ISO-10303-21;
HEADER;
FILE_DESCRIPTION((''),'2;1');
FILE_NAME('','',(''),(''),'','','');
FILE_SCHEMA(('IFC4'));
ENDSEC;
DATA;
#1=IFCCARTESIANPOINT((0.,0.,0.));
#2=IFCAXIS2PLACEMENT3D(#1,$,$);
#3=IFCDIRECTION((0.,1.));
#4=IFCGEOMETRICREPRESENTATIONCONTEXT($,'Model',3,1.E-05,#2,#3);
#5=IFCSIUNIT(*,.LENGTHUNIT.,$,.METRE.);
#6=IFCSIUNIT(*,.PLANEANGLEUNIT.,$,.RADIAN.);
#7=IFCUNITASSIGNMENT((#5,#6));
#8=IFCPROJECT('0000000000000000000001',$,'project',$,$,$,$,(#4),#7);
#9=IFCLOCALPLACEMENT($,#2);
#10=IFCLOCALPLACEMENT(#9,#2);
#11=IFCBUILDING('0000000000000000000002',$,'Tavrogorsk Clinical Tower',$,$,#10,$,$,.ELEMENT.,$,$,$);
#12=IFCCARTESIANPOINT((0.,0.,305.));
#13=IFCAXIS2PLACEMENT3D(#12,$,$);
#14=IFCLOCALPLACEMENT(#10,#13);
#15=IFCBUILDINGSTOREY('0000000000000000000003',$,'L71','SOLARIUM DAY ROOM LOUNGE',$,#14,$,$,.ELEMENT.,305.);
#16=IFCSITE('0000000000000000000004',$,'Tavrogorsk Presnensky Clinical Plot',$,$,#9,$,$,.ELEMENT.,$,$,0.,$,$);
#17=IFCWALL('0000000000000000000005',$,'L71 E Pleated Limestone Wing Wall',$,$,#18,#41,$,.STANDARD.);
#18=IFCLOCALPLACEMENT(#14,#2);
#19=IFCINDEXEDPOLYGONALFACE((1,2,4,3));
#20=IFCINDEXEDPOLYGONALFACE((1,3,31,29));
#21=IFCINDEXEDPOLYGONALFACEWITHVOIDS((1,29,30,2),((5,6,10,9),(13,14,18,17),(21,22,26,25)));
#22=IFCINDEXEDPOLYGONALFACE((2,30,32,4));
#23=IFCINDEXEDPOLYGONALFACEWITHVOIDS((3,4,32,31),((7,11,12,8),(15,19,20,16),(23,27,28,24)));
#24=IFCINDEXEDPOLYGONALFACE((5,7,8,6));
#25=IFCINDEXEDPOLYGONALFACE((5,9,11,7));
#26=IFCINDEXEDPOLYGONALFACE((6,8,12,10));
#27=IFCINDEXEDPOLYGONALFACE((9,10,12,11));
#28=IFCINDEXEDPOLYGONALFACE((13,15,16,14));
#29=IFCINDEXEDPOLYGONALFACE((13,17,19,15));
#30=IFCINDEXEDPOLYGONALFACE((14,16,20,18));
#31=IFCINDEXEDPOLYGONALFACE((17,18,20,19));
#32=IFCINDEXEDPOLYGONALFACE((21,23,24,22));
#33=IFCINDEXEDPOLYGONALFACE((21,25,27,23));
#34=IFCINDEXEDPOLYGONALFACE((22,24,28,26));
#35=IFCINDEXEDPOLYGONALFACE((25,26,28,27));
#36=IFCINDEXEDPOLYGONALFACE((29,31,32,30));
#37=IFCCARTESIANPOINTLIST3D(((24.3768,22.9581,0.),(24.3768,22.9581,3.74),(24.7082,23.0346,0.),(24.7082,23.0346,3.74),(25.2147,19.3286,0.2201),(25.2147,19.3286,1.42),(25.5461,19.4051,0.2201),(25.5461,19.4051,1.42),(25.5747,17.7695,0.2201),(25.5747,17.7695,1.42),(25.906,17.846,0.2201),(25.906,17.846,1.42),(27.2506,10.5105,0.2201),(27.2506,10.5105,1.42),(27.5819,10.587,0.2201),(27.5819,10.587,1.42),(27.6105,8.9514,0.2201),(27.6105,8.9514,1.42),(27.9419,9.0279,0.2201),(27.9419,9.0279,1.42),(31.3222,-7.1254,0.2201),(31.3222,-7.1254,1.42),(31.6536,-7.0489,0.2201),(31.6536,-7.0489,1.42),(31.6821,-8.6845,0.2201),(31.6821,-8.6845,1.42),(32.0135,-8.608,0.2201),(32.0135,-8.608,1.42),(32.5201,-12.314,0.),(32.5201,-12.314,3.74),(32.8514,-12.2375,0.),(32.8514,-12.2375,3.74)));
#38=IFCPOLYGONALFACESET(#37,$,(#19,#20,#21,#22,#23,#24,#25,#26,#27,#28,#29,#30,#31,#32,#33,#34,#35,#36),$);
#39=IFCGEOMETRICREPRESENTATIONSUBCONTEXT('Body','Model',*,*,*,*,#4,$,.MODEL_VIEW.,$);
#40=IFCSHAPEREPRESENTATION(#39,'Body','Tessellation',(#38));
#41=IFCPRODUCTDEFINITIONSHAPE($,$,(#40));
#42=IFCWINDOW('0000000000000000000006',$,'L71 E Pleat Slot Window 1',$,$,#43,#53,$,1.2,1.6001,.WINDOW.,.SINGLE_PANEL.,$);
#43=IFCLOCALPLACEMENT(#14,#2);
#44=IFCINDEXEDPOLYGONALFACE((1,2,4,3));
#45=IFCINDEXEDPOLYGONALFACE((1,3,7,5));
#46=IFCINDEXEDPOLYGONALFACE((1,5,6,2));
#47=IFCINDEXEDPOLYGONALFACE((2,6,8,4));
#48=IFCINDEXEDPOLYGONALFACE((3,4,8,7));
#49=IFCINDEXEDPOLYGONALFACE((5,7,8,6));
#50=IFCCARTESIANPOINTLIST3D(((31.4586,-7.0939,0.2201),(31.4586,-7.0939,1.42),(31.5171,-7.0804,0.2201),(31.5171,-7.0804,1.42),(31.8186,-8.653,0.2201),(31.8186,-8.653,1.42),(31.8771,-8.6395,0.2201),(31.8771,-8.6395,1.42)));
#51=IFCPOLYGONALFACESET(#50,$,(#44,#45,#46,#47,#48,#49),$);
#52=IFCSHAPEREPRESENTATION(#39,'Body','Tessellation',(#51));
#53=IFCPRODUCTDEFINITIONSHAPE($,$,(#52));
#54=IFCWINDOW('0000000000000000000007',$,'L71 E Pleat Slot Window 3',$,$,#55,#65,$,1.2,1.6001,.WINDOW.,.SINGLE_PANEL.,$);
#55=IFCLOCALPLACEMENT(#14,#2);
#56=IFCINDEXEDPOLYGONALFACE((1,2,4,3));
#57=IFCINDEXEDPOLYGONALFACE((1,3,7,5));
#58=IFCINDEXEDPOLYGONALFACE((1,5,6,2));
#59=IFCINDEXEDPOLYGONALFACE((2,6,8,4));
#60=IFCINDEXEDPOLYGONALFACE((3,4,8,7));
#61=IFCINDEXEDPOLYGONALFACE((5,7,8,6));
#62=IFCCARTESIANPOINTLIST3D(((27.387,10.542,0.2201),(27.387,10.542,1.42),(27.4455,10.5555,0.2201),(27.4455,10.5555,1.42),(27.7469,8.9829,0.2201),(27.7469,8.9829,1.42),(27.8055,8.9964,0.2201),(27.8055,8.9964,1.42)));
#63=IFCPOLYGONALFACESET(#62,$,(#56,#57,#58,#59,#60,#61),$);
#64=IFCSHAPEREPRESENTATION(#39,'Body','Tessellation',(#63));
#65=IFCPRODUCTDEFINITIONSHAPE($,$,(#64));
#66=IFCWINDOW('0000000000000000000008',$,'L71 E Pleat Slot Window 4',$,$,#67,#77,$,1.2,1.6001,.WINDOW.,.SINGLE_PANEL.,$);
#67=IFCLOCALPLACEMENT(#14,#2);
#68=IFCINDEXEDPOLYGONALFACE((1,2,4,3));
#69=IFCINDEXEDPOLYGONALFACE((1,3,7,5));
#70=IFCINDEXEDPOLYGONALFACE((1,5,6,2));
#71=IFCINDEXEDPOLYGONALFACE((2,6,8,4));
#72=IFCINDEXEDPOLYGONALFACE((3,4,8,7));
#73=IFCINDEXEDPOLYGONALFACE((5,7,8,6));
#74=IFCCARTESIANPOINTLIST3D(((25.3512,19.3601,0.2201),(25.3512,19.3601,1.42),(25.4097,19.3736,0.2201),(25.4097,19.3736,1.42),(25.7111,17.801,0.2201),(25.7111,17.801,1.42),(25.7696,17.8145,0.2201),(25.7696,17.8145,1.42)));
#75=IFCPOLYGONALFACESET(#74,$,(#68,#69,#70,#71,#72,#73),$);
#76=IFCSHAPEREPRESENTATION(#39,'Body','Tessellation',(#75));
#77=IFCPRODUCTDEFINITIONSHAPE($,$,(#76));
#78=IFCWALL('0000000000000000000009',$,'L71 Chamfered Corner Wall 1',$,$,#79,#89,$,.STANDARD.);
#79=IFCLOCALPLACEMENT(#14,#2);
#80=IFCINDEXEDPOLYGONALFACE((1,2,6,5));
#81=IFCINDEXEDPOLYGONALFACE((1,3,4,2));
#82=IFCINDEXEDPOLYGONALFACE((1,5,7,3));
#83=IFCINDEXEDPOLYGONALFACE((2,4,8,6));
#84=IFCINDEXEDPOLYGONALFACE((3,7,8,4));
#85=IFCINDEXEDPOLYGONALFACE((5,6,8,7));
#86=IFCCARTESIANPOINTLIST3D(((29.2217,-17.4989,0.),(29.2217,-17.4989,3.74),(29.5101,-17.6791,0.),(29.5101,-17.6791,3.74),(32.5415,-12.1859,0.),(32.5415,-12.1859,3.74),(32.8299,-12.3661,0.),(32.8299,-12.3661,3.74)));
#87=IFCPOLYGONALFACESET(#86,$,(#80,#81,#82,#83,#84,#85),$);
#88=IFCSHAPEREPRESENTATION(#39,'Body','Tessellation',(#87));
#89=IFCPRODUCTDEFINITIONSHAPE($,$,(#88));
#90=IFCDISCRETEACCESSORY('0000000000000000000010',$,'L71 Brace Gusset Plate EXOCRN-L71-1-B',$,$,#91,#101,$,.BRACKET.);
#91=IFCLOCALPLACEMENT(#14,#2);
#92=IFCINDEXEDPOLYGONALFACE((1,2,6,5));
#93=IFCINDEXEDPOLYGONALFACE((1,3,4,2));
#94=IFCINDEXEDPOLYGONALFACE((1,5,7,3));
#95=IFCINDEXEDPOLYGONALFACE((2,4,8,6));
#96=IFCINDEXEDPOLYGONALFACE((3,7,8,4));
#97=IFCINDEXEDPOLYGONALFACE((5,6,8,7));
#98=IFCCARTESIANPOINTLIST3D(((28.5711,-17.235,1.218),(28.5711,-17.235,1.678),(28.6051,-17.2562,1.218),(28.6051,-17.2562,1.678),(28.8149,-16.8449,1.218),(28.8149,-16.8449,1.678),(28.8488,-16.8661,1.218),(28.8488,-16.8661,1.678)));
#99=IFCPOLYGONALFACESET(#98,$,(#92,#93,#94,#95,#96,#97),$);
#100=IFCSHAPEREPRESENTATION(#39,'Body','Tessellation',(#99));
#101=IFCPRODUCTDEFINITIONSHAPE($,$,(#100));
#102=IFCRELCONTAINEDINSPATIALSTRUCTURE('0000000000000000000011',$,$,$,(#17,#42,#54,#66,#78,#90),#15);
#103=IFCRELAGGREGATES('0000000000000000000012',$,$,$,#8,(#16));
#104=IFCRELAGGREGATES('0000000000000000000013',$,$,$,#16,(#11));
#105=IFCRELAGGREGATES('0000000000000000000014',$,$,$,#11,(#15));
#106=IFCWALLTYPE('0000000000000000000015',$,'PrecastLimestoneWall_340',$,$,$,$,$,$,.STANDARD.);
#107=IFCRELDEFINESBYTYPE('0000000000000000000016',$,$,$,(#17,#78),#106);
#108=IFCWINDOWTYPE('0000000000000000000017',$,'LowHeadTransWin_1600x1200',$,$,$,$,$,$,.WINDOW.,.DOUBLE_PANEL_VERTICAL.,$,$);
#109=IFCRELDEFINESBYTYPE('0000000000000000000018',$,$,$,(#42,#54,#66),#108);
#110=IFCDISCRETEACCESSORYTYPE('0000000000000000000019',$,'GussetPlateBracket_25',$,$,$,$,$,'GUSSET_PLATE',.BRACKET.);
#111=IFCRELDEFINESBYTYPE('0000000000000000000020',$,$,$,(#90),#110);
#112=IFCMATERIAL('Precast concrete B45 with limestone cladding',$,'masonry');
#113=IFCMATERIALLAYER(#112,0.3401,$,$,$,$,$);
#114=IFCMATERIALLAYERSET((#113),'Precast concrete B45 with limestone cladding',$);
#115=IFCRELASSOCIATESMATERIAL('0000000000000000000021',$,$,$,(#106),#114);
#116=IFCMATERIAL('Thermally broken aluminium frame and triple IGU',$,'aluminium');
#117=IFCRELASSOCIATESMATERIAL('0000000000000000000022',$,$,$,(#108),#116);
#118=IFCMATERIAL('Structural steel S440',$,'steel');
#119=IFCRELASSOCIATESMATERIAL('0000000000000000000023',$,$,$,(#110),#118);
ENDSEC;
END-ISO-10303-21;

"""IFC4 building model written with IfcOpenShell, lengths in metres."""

from ifc_helpers import new_model, si_unit, direction, frame, frame_2d, origin, origin_2d, place, context, subcontext, project, spatial, rectangle, extrude, material, layer, layer_set, type_object, element, fill, save


model = new_model("IFC4")

# Units and contexts
model_context = context("Model", 3, precision=1e-05, world=origin(), true_north=direction((0.0, 1.0)))
body_context = subcontext(model_context, "Body", "Model", "MODEL_VIEW")
ifc_project = project(units=[si_unit("LENGTHUNIT", "METRE"), si_unit("PLANEANGLEUNIT", "RADIAN")], contexts=[model_context])

# Site, building, storey
site_placement = place(None, origin())
site = spatial("IfcSite", under=ifc_project, at=site_placement, Name="Tavrogorsk Presnensky Clinical Plot", CompositionType="ELEMENT", RefElevation=0.0)
building_placement = place(site_placement, origin())
building = spatial("IfcBuilding", under=site, at=building_placement, Name="Tavrogorsk Clinical Tower", CompositionType="ELEMENT")
storey_placement = place(building_placement, frame((0.0, 0.0, 305.0)))
storey = spatial("IfcBuildingStorey", under=building, at=storey_placement, Name="L71", Description="SOLARIUM DAY ROOM LOUNGE", CompositionType="ELEMENT", Elevation=305.0)

# Wall, openings, windows
ifc_material_1 = material(Name="Precast concrete B45 with limestone cladding", Category="masonry")
ifc_layer_1 = layer(ifc_material_1, 0.3401)
ifc_layer_set_1 = layer_set([ifc_layer_1], Name="Precast concrete B45 with limestone cladding")
wall_type_1 = type_object("IfcWallType", Name="PrecastLimestoneWall_340", PredefinedType="STANDARD", material=ifc_layer_set_1)
wall_1_placement = place(storey_placement, frame((32.6858, -12.2759, 0.0), z_axis=(0.0, 0.0, 1.0), x_axis=(-0.224953, 0.97437, 0.0)))
wall_1 = element("IfcWall", 1, at=wall_1_placement, inside=storey, type_object=wall_type_1, Name="L71 E Pleated Limestone Wing Wall", PredefinedType="STANDARD", context=body_context, shape_type="SweptSolid", body=[
    extrude(rectangle(XDim=36.2, YDim=0.3401, at=frame_2d((18.1001, 0.0))), origin(), (0.0, 0.0, 1.0), 3.74),
])
opening_1_placement = place(wall_1_placement, frame((3.7251, 0.0, 0.22)))
opening_1 = element("IfcOpeningElement", 2, at=opening_1_placement, cuts=wall_1, PredefinedType="OPENING", context=body_context, shape_type="SweptSolid", body=[
    extrude(rectangle(XDim=1.6001, YDim=1.2, at=frame_2d((0.8, 0.6001))), frame((0.0, 0.1799, 0.0), z_axis=(0.0, -1.0, 0.0), x_axis=(1.0, 0.0, 0.0)), (0.0, 0.0, 1.0), 0.3601),
])
opening_2_placement = place(wall_1_placement, frame((21.825, 0.0, 0.22)))
opening_2 = element("IfcOpeningElement", 3, at=opening_2_placement, cuts=wall_1, PredefinedType="OPENING", context=body_context, shape_type="SweptSolid", body=[
    extrude(rectangle(XDim=1.6001, YDim=1.2, at=frame_2d((0.8, 0.6001))), frame((0.0, 0.1799, 0.0), z_axis=(0.0, -1.0, 0.0), x_axis=(1.0, 0.0, 0.0)), (0.0, 0.0, 1.0), 0.3601),
])
opening_3_placement = place(wall_1_placement, frame((30.875, 0.0, 0.22)))
opening_3 = element("IfcOpeningElement", 4, at=opening_3_placement, cuts=wall_1, PredefinedType="OPENING", context=body_context, shape_type="SweptSolid", body=[
    extrude(rectangle(XDim=1.6001, YDim=1.2, at=frame_2d((0.8, 0.6001))), frame((0.0, 0.1799, 0.0), z_axis=(0.0, -1.0, 0.0), x_axis=(1.0, 0.0, 0.0)), (0.0, 0.0, 1.0), 0.3601),
])
ifc_material_2 = material(Name="Thermally broken aluminium frame and triple IGU", Category="aluminium")
window_type = type_object("IfcWindowType", Name="LowHeadTransWin_1600x1200", PartitioningType="DOUBLE_PANEL_VERTICAL", PredefinedType="WINDOW", material=ifc_material_2)
window_1_placement = place(opening_1_placement, origin())
window_1 = element("IfcWindow", 5, at=window_1_placement, inside=storey, type_object=window_type, Name="L71 E Pleat Slot Window 1", OverallHeight=1.2, OverallWidth=1.6001, PartitioningType="SINGLE_PANEL", PredefinedType="WINDOW", context=body_context, shape_type="SweptSolid", body=[
    extrude(rectangle(XDim=1.6001, YDim=1.2, at=frame_2d((0.8, 0.6001))), frame((0.0, 0.03, 0.0), z_axis=(0.0, -1.0, 0.0), x_axis=(1.0, 0.0, 0.0)), (0.0, 0.0, 1.0), 0.0601),
])
fill(opening_1, window_1)
window_2_placement = place(opening_2_placement, origin())
window_2 = element("IfcWindow", 6, at=window_2_placement, inside=storey, type_object=window_type, Name="L71 E Pleat Slot Window 3", OverallHeight=1.2, OverallWidth=1.6001, PartitioningType="SINGLE_PANEL", PredefinedType="WINDOW", context=body_context, shape_type="SweptSolid", body=[
    extrude(rectangle(XDim=1.6001, YDim=1.2, at=frame_2d((0.8, 0.6001))), frame((0.0, 0.03, 0.0), z_axis=(0.0, -1.0, 0.0), x_axis=(1.0, 0.0, 0.0)), (0.0, 0.0, 1.0), 0.0601),
])
fill(opening_2, window_2)
window_3_placement = place(opening_3_placement, origin())
window_3 = element("IfcWindow", 7, at=window_3_placement, inside=storey, type_object=window_type, Name="L71 E Pleat Slot Window 4", OverallHeight=1.2, OverallWidth=1.6001, PartitioningType="SINGLE_PANEL", PredefinedType="WINDOW", context=body_context, shape_type="SweptSolid", body=[
    extrude(rectangle(XDim=1.6001, YDim=1.2, at=frame_2d((0.8, 0.6001))), frame((0.0, 0.03, 0.0), z_axis=(0.0, -1.0, 0.0), x_axis=(1.0, 0.0, 0.0)), (0.0, 0.0, 1.0), 0.0601),
])
fill(opening_3, window_3)

# Wall
wall_2_placement = place(storey_placement, frame((29.366, -17.5889, 0.0), z_axis=(0.0, 0.0, 1.0), x_axis=(0.529908, 0.848055, 0.0)))
element("IfcWall", 8, at=wall_2_placement, inside=storey, type_object=wall_type_1, Name="L71 Chamfered Corner Wall 1", PredefinedType="STANDARD", context=body_context, shape_type="SweptSolid", body=[
    extrude(rectangle(XDim=6.2649, YDim=0.3401, at=frame_2d((3.1323, 0.0))), origin(), (0.0, 0.0, 1.0), 3.74),
])

# Discrete accessory
ifc_material_3 = material(Name="Structural steel S440", Category="steel")
discrete_accessory_type = type_object("IfcDiscreteAccessoryType", Name="GussetPlateBracket_25", ElementType="GUSSET_PLATE", PredefinedType="BRACKET", material=ifc_material_3)
discrete_accessory_placement = place(storey_placement, frame((28.71, -17.0505, 1.218), z_axis=(0.0, 0.0, 1.0), x_axis=(-0.529919, -0.848048, 0.0)))
element("IfcDiscreteAccessory", 9, at=discrete_accessory_placement, inside=storey, type_object=discrete_accessory_type, Name="L71 Brace Gusset Plate EXOCRN-L71-1-B", PredefinedType="BRACKET", context=body_context, shape_type="SweptSolid", body=[
    extrude(rectangle(XDim=0.46, YDim=0.04, at=origin_2d()), origin(), (0.0, 0.0, 1.0), 0.46),
])

save(model, "model.ifc")
